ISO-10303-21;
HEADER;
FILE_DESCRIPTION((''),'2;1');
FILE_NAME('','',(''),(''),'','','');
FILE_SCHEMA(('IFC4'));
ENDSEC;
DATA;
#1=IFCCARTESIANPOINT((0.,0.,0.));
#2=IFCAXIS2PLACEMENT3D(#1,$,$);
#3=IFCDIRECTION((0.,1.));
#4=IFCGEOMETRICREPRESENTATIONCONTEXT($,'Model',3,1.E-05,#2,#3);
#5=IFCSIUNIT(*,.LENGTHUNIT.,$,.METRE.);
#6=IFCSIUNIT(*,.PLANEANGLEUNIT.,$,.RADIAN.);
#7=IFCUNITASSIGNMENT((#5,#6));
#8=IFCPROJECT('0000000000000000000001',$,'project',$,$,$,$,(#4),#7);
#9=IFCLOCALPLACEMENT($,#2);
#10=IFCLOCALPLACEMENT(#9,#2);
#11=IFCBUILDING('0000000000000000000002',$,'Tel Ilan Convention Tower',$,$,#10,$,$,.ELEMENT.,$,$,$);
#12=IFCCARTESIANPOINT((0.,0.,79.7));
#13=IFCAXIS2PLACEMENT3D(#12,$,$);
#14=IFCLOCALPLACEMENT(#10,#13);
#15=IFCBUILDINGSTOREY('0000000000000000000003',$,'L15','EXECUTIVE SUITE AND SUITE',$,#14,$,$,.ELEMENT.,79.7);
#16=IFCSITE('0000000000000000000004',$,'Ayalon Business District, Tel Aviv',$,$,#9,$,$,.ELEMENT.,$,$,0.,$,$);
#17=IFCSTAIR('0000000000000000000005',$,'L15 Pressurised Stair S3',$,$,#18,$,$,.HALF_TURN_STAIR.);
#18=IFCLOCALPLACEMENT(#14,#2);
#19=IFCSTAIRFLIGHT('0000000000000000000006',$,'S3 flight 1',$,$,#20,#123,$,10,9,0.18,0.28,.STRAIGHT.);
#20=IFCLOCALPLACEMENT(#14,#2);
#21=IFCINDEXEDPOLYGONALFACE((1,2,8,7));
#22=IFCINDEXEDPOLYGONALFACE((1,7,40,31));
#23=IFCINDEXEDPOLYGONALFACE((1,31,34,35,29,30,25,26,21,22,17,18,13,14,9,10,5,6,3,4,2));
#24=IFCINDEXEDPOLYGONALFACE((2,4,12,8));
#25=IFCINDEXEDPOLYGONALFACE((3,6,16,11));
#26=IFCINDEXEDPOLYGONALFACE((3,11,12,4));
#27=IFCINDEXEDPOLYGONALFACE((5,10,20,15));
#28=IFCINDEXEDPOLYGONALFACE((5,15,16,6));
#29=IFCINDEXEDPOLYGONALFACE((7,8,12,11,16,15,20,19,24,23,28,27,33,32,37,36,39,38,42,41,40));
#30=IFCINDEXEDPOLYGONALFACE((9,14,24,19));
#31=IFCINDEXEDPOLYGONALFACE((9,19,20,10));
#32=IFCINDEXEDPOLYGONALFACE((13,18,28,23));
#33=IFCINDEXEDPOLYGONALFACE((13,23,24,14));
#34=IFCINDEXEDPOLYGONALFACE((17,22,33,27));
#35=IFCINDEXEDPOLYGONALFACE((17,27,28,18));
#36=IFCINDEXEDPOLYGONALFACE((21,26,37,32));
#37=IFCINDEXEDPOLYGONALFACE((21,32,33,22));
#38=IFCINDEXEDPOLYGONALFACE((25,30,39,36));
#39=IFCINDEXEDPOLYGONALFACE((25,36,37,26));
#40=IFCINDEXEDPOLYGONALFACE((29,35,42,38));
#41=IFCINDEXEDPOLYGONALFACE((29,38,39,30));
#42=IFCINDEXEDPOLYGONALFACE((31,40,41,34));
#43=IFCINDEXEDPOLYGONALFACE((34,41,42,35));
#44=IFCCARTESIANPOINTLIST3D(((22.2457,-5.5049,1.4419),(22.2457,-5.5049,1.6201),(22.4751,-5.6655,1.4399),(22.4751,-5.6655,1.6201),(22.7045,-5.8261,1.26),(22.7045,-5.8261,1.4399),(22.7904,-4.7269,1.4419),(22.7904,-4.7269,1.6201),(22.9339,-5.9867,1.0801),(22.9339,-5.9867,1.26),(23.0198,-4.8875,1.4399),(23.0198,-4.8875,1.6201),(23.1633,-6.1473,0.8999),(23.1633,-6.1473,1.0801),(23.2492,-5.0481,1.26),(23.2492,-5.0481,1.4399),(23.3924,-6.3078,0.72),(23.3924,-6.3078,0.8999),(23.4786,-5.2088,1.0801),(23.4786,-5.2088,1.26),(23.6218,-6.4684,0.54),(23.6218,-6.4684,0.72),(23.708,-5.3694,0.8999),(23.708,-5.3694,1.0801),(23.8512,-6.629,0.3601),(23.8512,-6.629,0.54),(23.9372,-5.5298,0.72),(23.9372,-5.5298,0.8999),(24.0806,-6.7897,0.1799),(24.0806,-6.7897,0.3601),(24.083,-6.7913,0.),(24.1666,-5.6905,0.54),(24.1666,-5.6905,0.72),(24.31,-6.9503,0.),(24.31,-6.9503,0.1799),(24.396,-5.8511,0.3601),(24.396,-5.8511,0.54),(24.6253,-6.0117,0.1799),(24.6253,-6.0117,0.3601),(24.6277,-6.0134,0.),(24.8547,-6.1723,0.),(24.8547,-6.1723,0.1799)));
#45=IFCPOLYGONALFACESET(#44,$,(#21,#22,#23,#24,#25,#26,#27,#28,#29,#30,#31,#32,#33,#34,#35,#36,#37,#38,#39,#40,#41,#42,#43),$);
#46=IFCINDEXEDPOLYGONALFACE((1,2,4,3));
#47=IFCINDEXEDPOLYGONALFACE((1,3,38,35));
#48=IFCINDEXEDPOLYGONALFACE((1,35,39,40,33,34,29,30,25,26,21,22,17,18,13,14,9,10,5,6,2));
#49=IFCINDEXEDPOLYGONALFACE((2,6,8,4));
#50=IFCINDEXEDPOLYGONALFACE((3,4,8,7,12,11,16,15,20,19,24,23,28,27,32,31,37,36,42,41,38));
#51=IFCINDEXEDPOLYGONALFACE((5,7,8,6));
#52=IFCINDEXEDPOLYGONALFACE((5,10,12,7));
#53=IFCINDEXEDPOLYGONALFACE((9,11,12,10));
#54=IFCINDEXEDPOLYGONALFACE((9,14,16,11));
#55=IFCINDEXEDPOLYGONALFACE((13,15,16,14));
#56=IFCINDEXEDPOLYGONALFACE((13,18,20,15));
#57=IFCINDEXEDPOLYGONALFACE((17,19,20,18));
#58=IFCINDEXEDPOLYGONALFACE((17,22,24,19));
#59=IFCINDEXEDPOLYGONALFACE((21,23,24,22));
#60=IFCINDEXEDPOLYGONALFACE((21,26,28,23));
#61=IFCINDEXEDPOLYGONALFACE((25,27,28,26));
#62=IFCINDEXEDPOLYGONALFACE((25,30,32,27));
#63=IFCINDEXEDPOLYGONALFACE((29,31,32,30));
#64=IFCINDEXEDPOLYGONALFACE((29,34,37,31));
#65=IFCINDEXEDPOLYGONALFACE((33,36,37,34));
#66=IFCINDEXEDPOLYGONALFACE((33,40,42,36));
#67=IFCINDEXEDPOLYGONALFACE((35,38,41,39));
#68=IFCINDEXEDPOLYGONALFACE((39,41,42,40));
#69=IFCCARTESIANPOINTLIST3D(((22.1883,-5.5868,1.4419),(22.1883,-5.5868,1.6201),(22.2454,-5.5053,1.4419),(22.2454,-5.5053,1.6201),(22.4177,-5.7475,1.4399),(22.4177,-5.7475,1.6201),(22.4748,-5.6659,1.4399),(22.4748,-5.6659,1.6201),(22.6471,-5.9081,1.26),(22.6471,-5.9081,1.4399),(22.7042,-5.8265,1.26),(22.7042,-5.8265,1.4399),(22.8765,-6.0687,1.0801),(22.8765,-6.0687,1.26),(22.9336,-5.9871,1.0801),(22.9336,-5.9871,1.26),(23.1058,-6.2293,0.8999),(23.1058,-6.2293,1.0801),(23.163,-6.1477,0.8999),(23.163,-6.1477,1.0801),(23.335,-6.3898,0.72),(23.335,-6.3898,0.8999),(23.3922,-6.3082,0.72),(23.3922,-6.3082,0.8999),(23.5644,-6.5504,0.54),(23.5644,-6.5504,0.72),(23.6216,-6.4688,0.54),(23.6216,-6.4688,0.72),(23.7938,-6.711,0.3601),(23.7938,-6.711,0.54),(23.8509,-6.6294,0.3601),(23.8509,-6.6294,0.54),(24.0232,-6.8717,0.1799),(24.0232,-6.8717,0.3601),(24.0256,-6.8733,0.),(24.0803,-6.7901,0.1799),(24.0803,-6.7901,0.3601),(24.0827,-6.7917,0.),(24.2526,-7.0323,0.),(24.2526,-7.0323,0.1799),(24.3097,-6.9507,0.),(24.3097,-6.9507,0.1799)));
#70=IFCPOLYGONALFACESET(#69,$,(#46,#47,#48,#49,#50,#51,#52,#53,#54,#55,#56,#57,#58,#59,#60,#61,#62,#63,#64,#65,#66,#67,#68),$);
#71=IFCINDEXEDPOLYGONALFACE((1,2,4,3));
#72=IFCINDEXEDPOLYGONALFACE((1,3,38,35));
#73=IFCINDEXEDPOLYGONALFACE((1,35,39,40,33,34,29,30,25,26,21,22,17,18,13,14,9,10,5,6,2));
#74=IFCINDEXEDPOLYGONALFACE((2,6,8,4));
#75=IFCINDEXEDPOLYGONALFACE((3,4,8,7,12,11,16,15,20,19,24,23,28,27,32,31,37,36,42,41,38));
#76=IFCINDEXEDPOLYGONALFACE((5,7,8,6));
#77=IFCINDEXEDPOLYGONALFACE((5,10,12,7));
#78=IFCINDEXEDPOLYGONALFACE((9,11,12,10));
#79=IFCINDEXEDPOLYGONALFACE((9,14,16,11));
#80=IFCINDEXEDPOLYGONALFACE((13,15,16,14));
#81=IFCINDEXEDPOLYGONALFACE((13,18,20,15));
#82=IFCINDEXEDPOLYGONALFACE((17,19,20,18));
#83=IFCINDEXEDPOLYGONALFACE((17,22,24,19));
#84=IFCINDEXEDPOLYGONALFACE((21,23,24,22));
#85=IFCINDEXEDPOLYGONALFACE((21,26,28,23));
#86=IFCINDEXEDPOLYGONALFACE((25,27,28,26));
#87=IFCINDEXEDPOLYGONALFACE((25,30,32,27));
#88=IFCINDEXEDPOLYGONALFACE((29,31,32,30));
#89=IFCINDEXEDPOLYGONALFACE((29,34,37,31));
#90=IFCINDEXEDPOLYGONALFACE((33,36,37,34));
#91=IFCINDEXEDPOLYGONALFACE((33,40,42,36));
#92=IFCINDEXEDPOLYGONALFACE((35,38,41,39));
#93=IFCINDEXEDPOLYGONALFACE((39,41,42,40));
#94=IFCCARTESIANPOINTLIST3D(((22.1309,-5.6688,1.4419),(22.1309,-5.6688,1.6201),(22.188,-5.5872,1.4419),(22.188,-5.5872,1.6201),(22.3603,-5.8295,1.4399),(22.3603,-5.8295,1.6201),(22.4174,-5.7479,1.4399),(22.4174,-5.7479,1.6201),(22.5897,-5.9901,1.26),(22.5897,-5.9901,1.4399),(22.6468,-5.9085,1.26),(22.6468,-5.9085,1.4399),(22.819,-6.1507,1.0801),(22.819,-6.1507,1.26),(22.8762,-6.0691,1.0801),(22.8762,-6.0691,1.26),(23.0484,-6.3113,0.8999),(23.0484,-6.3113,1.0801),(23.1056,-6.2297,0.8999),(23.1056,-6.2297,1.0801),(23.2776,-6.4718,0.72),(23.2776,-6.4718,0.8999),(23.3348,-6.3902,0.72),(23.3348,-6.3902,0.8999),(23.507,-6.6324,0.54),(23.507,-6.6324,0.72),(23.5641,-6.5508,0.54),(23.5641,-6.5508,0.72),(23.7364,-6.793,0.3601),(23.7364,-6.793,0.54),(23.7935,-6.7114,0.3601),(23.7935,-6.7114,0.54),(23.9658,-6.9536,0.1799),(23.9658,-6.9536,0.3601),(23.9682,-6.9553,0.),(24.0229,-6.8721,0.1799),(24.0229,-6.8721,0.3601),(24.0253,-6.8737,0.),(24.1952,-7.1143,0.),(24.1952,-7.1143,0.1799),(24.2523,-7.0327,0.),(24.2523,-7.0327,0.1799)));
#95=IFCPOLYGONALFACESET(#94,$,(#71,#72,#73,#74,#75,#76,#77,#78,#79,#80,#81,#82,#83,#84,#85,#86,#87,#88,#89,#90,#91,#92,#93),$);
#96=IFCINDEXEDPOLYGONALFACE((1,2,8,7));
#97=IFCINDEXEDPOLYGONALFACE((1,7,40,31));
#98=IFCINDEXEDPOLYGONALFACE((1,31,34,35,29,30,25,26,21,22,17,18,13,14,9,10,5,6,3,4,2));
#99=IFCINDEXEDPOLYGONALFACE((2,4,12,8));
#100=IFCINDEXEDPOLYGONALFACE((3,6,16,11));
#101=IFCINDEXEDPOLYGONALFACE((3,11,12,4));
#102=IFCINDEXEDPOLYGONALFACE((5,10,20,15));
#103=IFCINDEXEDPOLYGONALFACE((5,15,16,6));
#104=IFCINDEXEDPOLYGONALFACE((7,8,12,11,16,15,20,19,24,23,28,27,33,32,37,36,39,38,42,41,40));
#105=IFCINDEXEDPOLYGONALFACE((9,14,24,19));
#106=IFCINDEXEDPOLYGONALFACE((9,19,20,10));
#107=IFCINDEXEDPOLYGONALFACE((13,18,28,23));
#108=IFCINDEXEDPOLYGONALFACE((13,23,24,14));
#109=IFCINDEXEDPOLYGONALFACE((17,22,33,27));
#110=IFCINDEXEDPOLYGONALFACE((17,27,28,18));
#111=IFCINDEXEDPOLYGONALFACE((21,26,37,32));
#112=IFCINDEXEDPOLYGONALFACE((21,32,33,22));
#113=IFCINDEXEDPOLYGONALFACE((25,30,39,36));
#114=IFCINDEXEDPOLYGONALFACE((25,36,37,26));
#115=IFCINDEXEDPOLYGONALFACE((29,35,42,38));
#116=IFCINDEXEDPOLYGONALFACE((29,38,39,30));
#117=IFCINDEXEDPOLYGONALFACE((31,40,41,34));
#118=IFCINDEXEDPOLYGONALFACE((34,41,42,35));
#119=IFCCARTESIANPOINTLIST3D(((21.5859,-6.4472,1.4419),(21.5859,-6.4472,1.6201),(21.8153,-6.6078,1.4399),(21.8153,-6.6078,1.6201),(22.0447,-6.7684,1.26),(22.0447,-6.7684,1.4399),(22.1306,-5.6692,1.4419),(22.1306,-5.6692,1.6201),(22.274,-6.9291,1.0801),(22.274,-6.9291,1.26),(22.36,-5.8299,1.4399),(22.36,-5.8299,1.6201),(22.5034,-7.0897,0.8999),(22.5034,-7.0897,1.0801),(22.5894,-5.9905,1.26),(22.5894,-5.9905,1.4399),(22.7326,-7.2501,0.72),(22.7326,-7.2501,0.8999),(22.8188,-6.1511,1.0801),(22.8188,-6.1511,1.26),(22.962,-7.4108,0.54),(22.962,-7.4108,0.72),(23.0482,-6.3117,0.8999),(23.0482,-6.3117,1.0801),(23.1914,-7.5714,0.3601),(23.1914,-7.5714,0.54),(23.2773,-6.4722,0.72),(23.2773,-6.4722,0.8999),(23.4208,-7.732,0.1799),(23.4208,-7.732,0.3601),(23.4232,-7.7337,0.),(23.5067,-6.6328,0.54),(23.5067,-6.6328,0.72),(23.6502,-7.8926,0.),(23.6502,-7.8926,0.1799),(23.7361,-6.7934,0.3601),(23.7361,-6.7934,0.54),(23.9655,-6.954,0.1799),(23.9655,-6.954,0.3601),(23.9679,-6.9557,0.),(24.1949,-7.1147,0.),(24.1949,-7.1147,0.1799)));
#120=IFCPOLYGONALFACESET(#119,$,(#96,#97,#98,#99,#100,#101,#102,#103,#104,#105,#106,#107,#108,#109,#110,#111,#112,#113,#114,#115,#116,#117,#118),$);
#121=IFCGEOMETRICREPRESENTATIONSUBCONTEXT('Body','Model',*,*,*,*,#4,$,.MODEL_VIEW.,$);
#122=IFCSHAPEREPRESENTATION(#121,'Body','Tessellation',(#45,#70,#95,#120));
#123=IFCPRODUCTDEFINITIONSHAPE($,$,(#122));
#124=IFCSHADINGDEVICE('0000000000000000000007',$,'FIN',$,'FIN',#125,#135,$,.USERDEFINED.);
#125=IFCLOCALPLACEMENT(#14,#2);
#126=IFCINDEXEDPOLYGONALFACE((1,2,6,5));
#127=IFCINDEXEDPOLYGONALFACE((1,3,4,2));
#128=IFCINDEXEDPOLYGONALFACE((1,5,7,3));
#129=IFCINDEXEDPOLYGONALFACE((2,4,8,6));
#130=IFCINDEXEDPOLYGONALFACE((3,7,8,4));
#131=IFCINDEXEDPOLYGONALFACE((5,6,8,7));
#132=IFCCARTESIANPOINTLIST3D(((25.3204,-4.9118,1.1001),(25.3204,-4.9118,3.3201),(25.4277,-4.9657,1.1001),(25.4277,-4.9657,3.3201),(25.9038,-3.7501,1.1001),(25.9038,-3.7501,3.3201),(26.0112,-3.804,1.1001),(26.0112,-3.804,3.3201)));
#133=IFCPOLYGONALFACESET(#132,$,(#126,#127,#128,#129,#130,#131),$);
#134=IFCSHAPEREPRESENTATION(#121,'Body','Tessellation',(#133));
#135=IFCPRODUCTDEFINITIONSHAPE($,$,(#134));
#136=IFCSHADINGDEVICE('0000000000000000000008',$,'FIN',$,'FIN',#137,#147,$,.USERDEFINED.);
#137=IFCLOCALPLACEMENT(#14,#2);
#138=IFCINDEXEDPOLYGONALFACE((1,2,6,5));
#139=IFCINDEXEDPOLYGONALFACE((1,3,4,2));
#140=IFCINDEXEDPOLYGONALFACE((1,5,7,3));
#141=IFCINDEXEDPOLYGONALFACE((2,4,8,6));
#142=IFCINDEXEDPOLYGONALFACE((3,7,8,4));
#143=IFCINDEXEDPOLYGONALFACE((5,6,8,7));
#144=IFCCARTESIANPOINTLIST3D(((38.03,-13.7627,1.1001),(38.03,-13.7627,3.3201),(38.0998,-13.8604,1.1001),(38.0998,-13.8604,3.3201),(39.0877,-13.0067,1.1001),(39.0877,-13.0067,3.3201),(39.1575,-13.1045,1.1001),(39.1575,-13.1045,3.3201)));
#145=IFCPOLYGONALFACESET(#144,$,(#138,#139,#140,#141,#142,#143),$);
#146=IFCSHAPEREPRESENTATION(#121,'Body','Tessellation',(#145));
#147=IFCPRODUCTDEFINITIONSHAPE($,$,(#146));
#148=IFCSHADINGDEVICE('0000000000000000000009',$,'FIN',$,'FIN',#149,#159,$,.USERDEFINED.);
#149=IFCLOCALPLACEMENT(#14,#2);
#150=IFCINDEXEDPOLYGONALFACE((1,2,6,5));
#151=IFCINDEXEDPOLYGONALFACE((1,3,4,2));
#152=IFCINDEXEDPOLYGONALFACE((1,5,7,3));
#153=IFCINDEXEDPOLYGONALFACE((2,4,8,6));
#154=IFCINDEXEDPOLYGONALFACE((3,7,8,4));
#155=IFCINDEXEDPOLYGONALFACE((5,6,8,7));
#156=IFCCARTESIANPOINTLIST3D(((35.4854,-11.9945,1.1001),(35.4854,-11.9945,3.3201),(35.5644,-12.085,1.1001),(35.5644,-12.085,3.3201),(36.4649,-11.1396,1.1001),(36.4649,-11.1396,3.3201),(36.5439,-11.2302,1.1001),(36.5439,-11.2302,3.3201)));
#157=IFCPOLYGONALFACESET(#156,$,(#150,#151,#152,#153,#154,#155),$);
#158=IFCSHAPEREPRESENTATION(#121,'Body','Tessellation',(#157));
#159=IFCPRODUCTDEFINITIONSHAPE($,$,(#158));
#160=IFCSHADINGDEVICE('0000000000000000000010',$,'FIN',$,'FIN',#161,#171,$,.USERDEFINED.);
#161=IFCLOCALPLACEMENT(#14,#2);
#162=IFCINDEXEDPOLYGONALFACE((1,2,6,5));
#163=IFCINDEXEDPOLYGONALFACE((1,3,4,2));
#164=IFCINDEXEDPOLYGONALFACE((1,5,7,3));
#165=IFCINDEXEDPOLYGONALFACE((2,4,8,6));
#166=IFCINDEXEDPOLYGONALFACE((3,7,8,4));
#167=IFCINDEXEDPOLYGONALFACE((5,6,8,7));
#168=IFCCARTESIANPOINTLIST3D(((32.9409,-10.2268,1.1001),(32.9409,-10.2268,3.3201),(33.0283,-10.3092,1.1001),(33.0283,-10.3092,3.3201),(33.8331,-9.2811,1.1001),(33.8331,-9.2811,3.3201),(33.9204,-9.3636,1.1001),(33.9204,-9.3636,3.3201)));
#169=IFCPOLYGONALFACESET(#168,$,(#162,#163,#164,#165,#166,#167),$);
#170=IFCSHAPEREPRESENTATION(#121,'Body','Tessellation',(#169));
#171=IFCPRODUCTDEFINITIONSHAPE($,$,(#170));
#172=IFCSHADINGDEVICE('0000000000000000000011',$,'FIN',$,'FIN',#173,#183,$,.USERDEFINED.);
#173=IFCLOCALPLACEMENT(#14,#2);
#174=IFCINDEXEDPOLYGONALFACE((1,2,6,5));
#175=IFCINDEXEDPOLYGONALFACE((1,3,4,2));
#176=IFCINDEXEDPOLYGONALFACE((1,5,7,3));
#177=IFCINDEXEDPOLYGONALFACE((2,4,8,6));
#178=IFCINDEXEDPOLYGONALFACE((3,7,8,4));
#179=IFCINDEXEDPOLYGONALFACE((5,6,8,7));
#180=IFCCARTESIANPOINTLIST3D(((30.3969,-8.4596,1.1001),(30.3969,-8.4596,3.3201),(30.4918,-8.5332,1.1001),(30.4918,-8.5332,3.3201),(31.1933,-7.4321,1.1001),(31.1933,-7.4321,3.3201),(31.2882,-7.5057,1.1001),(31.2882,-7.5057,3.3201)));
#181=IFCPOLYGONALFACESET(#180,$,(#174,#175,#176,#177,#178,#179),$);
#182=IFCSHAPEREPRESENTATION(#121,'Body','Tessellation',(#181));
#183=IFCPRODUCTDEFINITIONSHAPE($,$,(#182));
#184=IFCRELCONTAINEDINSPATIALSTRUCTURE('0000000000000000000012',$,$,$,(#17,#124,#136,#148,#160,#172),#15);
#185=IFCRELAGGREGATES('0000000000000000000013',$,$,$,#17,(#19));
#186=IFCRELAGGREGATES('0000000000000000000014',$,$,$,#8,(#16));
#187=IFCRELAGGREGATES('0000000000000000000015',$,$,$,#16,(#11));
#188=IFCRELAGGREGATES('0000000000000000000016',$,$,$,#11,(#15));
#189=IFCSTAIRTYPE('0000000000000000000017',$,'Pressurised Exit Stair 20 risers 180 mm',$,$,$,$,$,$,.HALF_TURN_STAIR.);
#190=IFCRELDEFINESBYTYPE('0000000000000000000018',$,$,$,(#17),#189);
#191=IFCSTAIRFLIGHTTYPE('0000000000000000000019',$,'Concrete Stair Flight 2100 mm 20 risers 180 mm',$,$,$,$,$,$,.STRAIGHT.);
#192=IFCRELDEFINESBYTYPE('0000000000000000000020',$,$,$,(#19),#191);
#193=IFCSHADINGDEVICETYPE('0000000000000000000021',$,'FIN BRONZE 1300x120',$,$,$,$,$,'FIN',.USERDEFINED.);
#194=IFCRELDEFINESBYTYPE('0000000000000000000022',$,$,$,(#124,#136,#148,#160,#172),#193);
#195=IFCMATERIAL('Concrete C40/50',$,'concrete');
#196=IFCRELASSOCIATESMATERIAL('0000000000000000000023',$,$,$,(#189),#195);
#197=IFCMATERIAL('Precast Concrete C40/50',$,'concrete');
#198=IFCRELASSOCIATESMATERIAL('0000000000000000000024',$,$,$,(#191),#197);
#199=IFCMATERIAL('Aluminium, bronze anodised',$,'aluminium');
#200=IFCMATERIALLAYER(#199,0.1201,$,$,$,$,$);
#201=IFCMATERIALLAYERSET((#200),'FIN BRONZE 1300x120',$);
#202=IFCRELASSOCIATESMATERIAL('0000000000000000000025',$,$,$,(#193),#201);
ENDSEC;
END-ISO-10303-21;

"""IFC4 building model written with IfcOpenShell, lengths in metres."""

from ifc_helpers import new_model, si_unit, direction, frame, origin, origin_2d, place, context, subcontext, project, spatial, polyline, rectangle, outline, extrude, material, layer, layer_set, type_object, element, aggregate, save


model = new_model("IFC4")

# Units and contexts
model_context = context("Model", 3, precision=1e-05, world=origin(), true_north=direction((0.0, 1.0)))
body_context = subcontext(model_context, "Body", "Model", "MODEL_VIEW")
ifc_project = project(units=[si_unit("LENGTHUNIT", "METRE"), si_unit("PLANEANGLEUNIT", "RADIAN")], contexts=[model_context])

# Site, building, storey
site_placement = place(None, origin())
site = spatial("IfcSite", under=ifc_project, at=site_placement, Name="Ayalon Business District, Tel Aviv", CompositionType="ELEMENT", RefElevation=0.0)
building_placement = place(site_placement, origin())
building = spatial("IfcBuilding", under=site, at=building_placement, Name="Tel Ilan Convention Tower", CompositionType="ELEMENT")
storey_placement = place(building_placement, frame((0.0, 0.0, 79.7)))
storey = spatial("IfcBuildingStorey", under=building, at=storey_placement, Name="L15", Description="EXECUTIVE SUITE AND SUITE", CompositionType="ELEMENT", Elevation=79.7)

# Stair, stair flight
ifc_material_1 = material(Name="Concrete C40/50", Category="concrete")
stair_type = type_object("IfcStairType", Name="Pressurised Exit Stair 20 risers 180 mm", PredefinedType="HALF_TURN_STAIR", material=ifc_material_1)
stair_placement = place(storey_placement, origin())
stair = element("IfcStair", 1, at=stair_placement, inside=storey, type_object=stair_type, Name="L15 Pressurised Stair S3", PredefinedType="HALF_TURN_STAIR")
ifc_material_2 = material(Name="Precast Concrete C40/50", Category="concrete")
stair_flight_type = type_object("IfcStairFlightType", Name="Concrete Stair Flight 2100 mm 20 risers 180 mm", PredefinedType="STRAIGHT", material=ifc_material_2)
stair_flight_placement = place(storey_placement, frame((24.2524, -7.0325, 0.0), z_axis=(0.0, 0.0, 1.0), x_axis=(-0.819152, 0.573576, 0.0)))
stair_flight = element("IfcStairFlight", 2, at=stair_flight_placement, type_object=stair_flight_type, Name="S3 flight 1", NumberOfRisers=10, NumberOfTreads=9, PredefinedType="STRAIGHT", RiserHeight=0.18, TreadLength=0.28, context=body_context, shape_type="SweptSolid", body=[
    extrude(outline(polyline([(0.0, 0.0), (0.0, 0.1799), (0.28, 0.1799), (0.28, 0.3601), (0.5601, 0.3601), (0.5601, 0.54), (0.8401, 0.54), (0.8401, 0.72), (1.1201, 0.72), (1.1201, 0.8999), (1.3999, 0.8999), (1.3999, 1.0801), (1.6799, 1.0801), (1.6799, 1.26), (1.96, 1.26), (1.96, 1.4399), (2.24, 1.4399), (2.24, 1.6201), (2.52, 1.6201), (2.52, 1.8), (2.52, 1.4419), (0.2771, 0.0), (0.0, 0.0)])), frame((0.0, -0.1003, 0.0), z_axis=(0.0, -1.0, 0.0), x_axis=(1.0, 0.0, 0.0)), (0.0, 0.0, 1.0), 0.9497),
    extrude(outline(polyline([(0.0, 0.0), (0.0, 0.1799), (0.28, 0.1799), (0.28, 0.3601), (0.5601, 0.3601), (0.5601, 0.54), (0.8401, 0.54), (0.8401, 0.72), (1.1201, 0.72), (1.1201, 0.8999), (1.3999, 0.8999), (1.3999, 1.0801), (1.6799, 1.0801), (1.6799, 1.26), (1.96, 1.26), (1.96, 1.4399), (2.24, 1.4399), (2.24, 1.6201), (2.52, 1.6201), (2.52, 1.8), (2.52, 1.4419), (0.2771, 0.0), (0.0, 0.0)])), frame((0.0, -0.0002, 0.0), z_axis=(0.0, -1.0, 0.0), x_axis=(1.0, 0.0, 0.0)), (0.0, 0.0, 1.0), 0.0996),
    extrude(outline(polyline([(0.0, 0.0), (0.0, 0.1799), (0.28, 0.1799), (0.28, 0.3601), (0.5601, 0.3601), (0.5601, 0.54), (0.8401, 0.54), (0.8401, 0.72), (1.1201, 0.72), (1.1201, 0.8999), (1.3999, 0.8999), (1.3999, 1.0801), (1.6799, 1.0801), (1.6799, 1.26), (1.96, 1.26), (1.96, 1.4399), (2.24, 1.4399), (2.24, 1.6201), (2.52, 1.6201), (2.52, 1.8), (2.52, 1.4419), (0.2771, 0.0), (0.0, 0.0)])), frame((0.0, 0.0999, 0.0), z_axis=(0.0, -1.0, 0.0), x_axis=(1.0, 0.0, 0.0)), (0.0, 0.0, 1.0), 0.0996),
    extrude(outline(polyline([(0.0, 0.0), (0.0, 0.1799), (0.28, 0.1799), (0.28, 0.3601), (0.5601, 0.3601), (0.5601, 0.54), (0.8401, 0.54), (0.8401, 0.72), (1.1201, 0.72), (1.1201, 0.8999), (1.3999, 0.8999), (1.3999, 1.0801), (1.6799, 1.0801), (1.6799, 1.26), (1.96, 1.26), (1.96, 1.4399), (2.24, 1.4399), (2.24, 1.6201), (2.52, 1.6201), (2.52, 1.8), (2.52, 1.4419), (0.2771, 0.0), (0.0, 0.0)])), frame((0.0, 1.05, 0.0), z_axis=(0.0, -1.0, 0.0), x_axis=(1.0, 0.0, 0.0)), (0.0, 0.0, 1.0), 0.9497),
])
aggregate(stair, [stair_flight])

# Shading devices
ifc_material_3 = material(Name="Aluminium, bronze anodised", Category="aluminium")
ifc_layer_1 = layer(ifc_material_3, 0.1201)
ifc_layer_set_1 = layer_set([ifc_layer_1], Name="FIN BRONZE 1300x120")
shading_device_type = type_object("IfcShadingDeviceType", Name="FIN BRONZE 1300x120", ElementType="FIN", PredefinedType="USERDEFINED", material=ifc_layer_set_1)
for number, where, z_axis, x_axis, name in (
    (3, (25.6658, -4.3579, 1.1001), (0.0, 0.0, 1.0), (0.448799, 0.893633, 0.0), "FIN"),
    (4, (38.5938, -13.4336, 1.1001), (0.0, 0.0, 1.0), (0.813552, 0.581492, 0.0), "FIN"),
    (5, (36.0146, -11.6123, 1.1001), (0.0, 0.0, 1.0), (0.753436, 0.657521, 0.0), "FIN"),
    (6, (33.4307, -9.7952, 1.1001), (0.0, 0.0, 1.0), (0.686242, 0.727374, 0.0), "FIN"),
    (7, (30.8425, -7.9827, 1.1001), (0.0, 0.0, 1.0), (0.612601, 0.790393, 0.0), "FIN"),
):
    element("IfcShadingDevice", number, at=place(storey_placement, frame(where, z_axis=z_axis, x_axis=x_axis)), inside=storey, type_object=shading_device_type, Name=name, ObjectType="FIN", PredefinedType="USERDEFINED", context=body_context, shape_type="SweptSolid", body=[
        extrude(rectangle(XDim=1.3, YDim=0.1201, at=origin_2d()), origin(), (0.0, 0.0, 1.0), 2.22),
    ])

save(model, "model.ifc")
